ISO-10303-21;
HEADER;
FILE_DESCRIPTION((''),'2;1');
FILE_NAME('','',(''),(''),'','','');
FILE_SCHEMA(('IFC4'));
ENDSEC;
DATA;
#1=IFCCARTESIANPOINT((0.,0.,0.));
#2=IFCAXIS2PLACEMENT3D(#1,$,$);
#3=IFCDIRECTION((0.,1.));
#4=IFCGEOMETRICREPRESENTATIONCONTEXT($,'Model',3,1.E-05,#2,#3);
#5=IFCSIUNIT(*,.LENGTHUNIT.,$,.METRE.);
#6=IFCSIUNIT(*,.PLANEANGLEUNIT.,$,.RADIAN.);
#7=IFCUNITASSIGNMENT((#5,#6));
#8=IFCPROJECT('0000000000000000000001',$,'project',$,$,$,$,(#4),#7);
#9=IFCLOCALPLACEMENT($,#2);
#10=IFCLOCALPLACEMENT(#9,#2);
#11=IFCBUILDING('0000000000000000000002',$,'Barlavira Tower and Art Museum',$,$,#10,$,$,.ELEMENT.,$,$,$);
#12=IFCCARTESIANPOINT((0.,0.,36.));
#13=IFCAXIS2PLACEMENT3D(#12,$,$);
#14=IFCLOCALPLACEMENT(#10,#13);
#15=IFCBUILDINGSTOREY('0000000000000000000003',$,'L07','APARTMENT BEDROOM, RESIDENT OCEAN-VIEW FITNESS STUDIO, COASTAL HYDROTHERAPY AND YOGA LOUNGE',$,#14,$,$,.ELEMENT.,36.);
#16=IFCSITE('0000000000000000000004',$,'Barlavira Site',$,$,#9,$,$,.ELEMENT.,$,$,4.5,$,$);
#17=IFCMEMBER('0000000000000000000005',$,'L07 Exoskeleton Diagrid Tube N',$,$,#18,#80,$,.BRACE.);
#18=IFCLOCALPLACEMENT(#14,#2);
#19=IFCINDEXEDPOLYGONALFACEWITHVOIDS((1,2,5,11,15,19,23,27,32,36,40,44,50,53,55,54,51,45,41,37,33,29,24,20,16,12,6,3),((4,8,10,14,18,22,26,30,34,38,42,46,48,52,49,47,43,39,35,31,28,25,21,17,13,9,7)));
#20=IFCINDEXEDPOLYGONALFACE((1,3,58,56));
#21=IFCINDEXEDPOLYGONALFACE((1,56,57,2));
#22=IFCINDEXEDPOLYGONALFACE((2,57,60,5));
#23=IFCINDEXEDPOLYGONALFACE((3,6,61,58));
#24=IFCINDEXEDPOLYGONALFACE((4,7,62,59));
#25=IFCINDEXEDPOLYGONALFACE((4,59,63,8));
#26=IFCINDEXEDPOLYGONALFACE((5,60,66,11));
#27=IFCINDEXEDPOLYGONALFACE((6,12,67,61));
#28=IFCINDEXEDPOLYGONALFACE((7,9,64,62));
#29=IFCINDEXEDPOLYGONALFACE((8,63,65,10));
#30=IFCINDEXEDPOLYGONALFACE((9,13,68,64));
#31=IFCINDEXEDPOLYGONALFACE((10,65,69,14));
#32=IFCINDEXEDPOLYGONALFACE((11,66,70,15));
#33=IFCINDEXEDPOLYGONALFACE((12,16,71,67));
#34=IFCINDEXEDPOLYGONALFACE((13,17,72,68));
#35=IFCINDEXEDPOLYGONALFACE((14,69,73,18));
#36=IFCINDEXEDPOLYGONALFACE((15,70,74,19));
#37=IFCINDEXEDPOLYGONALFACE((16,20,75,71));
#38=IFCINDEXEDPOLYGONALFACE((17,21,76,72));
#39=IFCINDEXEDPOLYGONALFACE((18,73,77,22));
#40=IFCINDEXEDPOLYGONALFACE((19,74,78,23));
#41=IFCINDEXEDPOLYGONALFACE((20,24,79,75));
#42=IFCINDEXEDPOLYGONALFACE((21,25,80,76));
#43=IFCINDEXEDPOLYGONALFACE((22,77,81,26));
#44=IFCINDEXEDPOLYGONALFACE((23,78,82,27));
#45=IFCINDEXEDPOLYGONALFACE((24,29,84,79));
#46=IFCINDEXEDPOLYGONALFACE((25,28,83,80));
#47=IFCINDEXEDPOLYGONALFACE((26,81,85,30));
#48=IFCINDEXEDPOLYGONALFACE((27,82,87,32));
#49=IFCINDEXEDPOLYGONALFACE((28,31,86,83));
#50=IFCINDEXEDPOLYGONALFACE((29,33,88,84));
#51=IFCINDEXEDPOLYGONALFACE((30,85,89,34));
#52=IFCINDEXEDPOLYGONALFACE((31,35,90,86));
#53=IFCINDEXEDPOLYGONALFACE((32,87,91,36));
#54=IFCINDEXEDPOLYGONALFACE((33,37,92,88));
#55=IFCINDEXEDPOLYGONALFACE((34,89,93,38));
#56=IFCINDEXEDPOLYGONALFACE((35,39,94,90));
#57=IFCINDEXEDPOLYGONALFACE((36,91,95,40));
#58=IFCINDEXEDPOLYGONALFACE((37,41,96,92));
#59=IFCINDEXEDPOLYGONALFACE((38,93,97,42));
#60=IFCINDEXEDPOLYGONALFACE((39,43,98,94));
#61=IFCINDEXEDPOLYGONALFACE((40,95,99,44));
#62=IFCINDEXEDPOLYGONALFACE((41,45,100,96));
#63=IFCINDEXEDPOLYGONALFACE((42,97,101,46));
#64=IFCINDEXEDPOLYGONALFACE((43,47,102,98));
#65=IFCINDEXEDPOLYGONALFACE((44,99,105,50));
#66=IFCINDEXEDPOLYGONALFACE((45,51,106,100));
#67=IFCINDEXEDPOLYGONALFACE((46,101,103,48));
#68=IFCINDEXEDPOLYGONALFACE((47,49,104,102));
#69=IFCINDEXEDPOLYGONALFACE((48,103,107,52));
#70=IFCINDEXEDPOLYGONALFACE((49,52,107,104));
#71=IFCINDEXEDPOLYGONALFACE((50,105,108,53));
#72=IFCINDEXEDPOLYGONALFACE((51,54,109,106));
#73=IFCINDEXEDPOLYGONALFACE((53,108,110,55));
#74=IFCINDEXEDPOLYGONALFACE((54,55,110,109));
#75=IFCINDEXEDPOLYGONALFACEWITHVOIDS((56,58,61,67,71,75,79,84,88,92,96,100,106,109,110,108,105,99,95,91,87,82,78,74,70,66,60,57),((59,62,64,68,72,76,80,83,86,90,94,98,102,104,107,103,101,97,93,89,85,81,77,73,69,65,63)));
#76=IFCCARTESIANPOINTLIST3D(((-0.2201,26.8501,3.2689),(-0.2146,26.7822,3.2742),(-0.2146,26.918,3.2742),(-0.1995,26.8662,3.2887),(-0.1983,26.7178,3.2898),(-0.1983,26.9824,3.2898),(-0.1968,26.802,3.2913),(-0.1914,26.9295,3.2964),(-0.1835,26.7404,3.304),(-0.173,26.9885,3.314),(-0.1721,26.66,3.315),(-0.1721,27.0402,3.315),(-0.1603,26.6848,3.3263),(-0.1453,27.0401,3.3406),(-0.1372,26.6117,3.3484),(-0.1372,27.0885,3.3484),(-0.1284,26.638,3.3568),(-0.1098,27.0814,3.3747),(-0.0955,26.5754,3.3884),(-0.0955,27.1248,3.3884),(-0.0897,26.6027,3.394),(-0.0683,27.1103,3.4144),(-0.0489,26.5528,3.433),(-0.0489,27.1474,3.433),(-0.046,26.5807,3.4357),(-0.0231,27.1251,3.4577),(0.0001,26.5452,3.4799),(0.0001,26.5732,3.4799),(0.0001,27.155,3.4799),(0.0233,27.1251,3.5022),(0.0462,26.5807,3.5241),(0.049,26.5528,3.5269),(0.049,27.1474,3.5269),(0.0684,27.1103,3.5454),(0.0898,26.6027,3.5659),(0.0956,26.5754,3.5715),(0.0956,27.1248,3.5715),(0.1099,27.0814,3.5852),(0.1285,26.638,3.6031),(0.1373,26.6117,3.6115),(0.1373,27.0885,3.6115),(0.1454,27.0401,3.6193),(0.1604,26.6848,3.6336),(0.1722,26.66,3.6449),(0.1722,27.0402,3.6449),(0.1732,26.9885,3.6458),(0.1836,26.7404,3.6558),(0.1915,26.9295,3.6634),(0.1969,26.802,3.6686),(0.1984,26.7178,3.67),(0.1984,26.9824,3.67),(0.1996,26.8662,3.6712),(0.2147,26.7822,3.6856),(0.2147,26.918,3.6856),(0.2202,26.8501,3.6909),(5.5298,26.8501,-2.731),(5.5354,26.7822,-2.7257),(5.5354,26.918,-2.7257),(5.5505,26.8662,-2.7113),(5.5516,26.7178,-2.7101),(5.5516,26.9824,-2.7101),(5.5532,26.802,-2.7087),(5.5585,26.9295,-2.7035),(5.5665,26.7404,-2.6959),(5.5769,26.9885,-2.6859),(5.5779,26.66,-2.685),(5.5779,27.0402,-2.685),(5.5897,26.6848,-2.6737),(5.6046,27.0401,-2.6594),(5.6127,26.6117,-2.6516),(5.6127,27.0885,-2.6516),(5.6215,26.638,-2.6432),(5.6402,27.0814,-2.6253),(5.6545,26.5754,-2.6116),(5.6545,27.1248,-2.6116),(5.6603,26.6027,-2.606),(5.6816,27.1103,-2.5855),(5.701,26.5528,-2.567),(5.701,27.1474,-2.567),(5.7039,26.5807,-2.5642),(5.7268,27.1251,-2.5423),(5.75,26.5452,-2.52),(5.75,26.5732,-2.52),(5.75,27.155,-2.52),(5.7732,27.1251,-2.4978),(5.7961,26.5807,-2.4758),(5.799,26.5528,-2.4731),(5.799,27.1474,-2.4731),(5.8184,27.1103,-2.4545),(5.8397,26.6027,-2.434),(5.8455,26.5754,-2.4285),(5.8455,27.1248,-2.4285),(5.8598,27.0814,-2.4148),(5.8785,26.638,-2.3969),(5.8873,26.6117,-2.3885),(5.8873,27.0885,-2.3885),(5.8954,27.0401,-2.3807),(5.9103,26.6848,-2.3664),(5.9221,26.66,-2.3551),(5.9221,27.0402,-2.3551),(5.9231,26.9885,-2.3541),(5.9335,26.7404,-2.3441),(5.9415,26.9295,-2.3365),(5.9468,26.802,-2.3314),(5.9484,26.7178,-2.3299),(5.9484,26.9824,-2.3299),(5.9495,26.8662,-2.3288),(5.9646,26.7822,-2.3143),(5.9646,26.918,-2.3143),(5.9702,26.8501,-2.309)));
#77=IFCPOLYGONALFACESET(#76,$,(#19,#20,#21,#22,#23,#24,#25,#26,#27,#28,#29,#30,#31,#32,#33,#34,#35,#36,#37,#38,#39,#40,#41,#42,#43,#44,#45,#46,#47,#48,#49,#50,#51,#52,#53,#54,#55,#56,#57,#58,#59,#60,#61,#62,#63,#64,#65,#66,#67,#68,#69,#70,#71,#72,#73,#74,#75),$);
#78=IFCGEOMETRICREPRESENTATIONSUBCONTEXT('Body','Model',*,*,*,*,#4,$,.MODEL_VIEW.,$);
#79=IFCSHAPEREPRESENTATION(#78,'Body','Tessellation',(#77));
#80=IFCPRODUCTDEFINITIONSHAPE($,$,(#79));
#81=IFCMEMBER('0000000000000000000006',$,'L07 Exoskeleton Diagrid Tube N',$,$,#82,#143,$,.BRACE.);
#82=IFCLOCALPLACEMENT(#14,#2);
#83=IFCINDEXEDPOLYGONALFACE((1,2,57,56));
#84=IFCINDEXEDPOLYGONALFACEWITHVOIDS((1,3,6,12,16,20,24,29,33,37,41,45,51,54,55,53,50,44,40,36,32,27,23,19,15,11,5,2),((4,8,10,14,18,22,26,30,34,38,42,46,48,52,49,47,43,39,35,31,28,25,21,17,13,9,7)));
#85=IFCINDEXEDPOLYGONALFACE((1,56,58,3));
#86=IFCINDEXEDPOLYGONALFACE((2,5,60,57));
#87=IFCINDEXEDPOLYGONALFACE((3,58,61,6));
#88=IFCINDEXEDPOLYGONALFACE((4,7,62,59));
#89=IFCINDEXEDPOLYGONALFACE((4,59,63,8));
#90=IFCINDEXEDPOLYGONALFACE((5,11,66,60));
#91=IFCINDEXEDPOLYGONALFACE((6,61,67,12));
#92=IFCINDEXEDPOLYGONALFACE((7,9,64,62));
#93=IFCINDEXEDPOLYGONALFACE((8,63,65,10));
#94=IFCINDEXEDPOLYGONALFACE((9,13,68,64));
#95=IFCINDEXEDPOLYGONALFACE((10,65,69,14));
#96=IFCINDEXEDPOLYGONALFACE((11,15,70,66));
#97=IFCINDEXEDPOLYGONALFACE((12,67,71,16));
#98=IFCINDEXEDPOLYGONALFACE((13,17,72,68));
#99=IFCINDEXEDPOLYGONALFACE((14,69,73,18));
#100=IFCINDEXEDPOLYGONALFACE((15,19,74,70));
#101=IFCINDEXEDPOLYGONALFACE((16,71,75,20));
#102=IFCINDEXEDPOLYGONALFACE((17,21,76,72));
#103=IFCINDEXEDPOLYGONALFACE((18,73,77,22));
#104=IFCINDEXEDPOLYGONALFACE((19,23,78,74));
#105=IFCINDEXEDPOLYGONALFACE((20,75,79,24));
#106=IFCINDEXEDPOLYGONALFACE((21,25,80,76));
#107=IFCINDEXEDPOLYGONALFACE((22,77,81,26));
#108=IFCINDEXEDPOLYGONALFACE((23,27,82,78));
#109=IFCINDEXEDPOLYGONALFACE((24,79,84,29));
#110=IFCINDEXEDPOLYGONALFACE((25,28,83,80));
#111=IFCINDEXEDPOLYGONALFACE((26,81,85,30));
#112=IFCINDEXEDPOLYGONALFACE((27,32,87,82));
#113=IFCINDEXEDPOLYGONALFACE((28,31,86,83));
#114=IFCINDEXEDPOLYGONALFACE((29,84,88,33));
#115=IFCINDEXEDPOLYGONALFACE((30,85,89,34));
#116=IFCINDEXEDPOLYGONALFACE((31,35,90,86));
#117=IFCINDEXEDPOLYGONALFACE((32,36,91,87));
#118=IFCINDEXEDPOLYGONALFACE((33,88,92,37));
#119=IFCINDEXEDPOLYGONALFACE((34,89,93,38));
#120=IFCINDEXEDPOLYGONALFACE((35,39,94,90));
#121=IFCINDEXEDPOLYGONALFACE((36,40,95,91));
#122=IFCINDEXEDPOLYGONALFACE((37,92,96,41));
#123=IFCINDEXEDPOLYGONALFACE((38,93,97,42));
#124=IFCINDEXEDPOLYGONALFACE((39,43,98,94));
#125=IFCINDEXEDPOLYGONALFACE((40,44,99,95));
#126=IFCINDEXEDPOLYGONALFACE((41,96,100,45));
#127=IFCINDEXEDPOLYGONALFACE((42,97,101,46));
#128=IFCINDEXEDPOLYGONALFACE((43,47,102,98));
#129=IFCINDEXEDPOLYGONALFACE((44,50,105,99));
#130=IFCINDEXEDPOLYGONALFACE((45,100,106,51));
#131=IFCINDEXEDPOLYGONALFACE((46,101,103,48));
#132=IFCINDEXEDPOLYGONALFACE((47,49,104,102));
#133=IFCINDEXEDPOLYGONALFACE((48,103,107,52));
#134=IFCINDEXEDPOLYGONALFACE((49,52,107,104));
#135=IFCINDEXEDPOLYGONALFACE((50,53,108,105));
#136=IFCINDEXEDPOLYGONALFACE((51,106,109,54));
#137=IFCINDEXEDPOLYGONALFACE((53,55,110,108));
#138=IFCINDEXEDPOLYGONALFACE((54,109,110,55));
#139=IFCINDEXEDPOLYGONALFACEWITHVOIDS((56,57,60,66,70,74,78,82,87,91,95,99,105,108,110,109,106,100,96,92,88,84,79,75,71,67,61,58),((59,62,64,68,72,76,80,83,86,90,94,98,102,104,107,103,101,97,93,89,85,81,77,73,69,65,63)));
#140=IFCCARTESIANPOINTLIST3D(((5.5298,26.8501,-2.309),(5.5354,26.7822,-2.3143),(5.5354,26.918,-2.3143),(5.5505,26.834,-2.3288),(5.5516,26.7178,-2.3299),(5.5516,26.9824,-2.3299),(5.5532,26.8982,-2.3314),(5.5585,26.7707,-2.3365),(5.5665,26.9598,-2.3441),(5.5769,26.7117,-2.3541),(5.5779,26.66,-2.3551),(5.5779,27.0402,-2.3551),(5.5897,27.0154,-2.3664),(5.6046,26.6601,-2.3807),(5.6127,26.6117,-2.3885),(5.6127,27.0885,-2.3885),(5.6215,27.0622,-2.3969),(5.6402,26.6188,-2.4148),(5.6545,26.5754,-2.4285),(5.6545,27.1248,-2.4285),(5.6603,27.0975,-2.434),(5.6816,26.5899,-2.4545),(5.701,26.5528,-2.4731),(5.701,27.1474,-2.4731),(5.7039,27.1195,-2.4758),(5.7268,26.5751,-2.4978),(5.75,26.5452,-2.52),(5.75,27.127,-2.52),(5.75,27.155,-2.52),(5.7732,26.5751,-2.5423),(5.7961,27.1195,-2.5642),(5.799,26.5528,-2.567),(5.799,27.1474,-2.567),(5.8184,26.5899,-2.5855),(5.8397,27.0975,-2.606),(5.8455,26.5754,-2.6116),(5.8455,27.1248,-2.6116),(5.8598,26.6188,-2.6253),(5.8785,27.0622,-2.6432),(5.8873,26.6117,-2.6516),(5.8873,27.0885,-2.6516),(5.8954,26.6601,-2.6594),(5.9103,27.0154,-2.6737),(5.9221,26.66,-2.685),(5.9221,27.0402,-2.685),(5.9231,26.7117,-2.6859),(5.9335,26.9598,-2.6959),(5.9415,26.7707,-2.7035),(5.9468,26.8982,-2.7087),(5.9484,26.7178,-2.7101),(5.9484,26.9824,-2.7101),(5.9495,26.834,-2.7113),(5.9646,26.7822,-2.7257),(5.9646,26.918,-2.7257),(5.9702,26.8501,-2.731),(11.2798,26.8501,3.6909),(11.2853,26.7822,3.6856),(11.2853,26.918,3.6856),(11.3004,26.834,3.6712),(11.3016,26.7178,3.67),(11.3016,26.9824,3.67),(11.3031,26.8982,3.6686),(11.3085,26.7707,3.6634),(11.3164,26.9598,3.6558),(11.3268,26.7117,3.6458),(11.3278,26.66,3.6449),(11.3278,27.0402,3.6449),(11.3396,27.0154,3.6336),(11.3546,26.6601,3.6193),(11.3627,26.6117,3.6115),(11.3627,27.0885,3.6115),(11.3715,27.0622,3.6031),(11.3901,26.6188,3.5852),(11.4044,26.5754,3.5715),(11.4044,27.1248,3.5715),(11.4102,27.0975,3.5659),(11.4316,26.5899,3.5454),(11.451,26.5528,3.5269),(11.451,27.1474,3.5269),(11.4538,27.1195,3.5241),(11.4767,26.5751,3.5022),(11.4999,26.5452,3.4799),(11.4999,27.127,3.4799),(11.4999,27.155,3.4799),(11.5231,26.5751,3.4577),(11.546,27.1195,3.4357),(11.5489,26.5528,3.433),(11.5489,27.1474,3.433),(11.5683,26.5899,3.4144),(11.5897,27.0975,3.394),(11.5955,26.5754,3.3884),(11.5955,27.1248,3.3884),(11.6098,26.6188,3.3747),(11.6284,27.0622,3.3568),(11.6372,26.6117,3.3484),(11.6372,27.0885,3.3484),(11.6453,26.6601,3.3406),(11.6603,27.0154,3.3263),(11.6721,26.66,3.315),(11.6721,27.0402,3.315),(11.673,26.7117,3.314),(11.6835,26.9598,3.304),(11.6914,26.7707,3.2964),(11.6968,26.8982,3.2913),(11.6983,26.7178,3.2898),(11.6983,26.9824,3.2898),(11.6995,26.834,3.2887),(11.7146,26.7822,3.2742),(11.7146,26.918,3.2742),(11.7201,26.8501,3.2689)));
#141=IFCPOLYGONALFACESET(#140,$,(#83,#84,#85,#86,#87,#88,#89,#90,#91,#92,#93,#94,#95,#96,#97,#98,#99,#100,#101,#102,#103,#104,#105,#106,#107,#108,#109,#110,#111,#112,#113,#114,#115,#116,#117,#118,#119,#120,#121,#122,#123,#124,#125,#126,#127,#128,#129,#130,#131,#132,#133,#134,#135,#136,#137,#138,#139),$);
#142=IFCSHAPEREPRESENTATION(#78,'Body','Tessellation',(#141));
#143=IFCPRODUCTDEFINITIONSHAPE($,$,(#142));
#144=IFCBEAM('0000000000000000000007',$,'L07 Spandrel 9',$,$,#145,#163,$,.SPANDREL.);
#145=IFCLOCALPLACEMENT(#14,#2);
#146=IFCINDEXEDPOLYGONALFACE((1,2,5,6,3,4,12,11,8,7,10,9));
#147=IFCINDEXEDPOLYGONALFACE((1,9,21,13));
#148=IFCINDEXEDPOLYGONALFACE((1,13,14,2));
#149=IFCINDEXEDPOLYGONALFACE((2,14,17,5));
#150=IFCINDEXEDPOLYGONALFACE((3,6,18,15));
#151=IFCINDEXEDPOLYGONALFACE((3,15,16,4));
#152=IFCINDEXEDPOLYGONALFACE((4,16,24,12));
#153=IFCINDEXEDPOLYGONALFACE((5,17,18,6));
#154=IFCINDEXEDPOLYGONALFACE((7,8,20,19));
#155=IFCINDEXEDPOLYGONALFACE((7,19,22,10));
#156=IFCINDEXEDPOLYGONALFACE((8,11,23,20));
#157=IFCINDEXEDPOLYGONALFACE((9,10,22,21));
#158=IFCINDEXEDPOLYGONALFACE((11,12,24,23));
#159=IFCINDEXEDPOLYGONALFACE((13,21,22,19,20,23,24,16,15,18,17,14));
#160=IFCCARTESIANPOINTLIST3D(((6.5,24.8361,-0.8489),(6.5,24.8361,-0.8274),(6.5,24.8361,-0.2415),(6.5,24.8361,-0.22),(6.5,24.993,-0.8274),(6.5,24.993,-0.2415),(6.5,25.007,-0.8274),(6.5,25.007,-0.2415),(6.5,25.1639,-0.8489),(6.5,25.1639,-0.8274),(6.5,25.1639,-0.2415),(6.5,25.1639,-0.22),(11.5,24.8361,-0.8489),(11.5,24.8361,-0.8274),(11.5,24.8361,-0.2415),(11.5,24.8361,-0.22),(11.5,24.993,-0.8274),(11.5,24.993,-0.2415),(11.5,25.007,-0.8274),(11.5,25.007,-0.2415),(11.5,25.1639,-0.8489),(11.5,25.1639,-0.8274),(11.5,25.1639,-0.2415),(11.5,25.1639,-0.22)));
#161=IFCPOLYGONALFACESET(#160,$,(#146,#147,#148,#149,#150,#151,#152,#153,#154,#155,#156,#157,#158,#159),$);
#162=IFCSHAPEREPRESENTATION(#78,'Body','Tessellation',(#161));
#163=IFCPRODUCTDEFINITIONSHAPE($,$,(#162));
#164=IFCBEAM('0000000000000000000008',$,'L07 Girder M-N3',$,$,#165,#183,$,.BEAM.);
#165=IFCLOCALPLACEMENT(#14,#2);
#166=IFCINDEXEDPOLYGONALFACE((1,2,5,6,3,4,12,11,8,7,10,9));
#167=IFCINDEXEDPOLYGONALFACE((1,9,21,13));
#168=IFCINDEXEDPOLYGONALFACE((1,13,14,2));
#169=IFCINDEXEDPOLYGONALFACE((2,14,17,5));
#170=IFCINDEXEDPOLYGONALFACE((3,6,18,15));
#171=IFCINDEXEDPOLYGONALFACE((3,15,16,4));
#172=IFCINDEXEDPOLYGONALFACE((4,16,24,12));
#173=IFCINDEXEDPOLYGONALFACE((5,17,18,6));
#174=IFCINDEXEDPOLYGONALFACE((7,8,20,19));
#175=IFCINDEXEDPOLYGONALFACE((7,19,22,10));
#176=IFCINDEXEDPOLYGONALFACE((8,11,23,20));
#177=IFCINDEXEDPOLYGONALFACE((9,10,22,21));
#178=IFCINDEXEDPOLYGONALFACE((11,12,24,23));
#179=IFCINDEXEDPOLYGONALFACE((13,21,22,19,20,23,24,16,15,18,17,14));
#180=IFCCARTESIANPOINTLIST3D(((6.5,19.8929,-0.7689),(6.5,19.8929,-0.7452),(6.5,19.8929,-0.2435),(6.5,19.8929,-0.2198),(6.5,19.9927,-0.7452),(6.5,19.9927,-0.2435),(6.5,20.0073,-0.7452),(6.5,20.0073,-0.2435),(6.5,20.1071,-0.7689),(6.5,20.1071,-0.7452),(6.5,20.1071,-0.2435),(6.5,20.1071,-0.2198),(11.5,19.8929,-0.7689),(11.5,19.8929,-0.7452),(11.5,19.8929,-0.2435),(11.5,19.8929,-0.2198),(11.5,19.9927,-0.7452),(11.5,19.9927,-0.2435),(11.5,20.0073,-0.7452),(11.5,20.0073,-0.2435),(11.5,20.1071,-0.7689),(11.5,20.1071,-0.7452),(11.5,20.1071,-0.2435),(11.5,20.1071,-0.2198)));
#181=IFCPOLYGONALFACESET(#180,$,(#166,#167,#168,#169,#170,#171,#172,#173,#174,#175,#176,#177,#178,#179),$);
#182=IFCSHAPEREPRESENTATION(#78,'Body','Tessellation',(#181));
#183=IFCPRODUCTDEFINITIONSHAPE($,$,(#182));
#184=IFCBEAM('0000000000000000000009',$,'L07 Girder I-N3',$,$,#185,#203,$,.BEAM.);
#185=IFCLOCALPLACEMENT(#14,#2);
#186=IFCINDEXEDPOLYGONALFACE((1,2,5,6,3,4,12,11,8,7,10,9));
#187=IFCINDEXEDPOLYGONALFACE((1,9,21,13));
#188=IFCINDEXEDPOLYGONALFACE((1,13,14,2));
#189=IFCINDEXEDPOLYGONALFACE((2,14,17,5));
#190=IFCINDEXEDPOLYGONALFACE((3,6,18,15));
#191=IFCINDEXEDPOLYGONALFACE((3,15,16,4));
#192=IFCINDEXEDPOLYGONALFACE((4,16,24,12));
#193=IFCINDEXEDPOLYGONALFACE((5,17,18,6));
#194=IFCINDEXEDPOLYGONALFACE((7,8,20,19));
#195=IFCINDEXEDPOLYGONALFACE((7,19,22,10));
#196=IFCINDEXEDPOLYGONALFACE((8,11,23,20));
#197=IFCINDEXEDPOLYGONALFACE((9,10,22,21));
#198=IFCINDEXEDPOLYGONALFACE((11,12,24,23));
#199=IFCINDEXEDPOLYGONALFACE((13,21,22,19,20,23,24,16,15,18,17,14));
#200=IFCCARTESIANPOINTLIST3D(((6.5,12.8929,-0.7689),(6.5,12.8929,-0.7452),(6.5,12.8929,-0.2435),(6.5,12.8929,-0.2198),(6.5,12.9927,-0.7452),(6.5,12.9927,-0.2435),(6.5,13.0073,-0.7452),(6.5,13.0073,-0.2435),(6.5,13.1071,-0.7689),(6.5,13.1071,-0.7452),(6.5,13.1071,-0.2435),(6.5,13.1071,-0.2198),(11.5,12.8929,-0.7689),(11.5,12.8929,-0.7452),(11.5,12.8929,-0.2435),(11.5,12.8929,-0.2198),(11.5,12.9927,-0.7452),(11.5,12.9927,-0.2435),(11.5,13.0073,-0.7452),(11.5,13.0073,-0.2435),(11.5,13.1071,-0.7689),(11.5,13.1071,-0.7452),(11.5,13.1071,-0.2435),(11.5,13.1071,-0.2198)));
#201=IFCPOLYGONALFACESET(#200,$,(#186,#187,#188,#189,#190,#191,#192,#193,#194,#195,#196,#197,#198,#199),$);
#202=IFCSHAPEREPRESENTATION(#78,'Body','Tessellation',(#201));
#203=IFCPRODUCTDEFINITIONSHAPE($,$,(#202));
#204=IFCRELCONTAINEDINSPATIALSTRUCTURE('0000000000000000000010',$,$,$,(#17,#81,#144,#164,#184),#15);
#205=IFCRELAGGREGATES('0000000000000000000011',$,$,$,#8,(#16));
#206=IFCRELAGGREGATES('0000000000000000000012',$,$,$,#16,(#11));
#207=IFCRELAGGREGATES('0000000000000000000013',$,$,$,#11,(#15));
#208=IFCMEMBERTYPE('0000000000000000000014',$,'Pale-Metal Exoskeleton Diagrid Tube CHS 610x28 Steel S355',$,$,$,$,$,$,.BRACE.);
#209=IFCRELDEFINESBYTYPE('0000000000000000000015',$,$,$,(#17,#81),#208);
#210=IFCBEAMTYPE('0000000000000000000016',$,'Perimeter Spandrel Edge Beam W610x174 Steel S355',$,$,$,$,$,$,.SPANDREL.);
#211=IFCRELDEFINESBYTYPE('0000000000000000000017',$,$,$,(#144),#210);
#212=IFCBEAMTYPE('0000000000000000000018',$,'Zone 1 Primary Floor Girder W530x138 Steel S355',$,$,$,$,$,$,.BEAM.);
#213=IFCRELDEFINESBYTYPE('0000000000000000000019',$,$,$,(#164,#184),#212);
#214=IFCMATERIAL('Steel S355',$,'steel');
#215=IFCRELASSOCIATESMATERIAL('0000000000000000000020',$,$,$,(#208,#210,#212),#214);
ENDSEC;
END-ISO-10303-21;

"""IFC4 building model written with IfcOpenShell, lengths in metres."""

from ifc_helpers import new_model, si_unit, direction, frame, origin, origin_2d, place, context, subcontext, project, spatial, hollow_circle, i_section, extrude, material, material_profile, profile_set, type_object, element, save


model = new_model("IFC4")

# Units and contexts
model_context = context("Model", 3, precision=1e-05, world=origin(), true_north=direction((0.0, 1.0)))
body_context = subcontext(model_context, "Body", "Model", "MODEL_VIEW")
ifc_project = project(units=[si_unit("LENGTHUNIT", "METRE"), si_unit("PLANEANGLEUNIT", "RADIAN")], contexts=[model_context])

# Site, building, storey
site_placement = place(None, origin())
site = spatial("IfcSite", under=ifc_project, at=site_placement, Name="Barlavira Site", CompositionType="ELEMENT", RefElevation=4.5)
building_placement = place(site_placement, origin())
building = spatial("IfcBuilding", under=site, at=building_placement, Name="Barlavira Tower and Art Museum", CompositionType="ELEMENT")
storey_placement = place(building_placement, frame((0.0, 0.0, 36.0)))
storey = spatial("IfcBuildingStorey", under=building, at=storey_placement, Name="L07", Description="APARTMENT BEDROOM, RESIDENT OCEAN-VIEW FITNESS STUDIO, COASTAL HYDROTHERAPY AND YOGA LOUNGE", CompositionType="ELEMENT", Elevation=36.0)

# Members
ifc_material_1 = material(Name="Steel S355", Category="steel")
ifc_material_profile_1 = material_profile(ifc_material_1, hollow_circle(Radius=0.3049, WallThickness=0.0281, at=origin_2d()), Name="CHS 610.0x28.0")
ifc_profile_set_1 = profile_set([ifc_material_profile_1], Name="Steel S355")
member_type_1 = type_object("IfcMemberType", Name="Pale-Metal Exoskeleton Diagrid Tube CHS 610x28 Steel S355", PredefinedType="BRACE", material=ifc_profile_set_1)
for number, where, z_axis, x_axis, name in (
    (1, (5.75, 26.8501, -2.52), (-0.691905, 0.0, 0.721988), (0.0, -1.0, 0.0), "L07 Exoskeleton Diagrid Tube N"),
    (2, (5.75, 26.8501, -2.52), (0.691905, 0.0, 0.721988), (0.0, 1.0, 0.0), "L07 Exoskeleton Diagrid Tube N"),
):
    element("IfcMember", number, at=place(storey_placement, frame(where, z_axis=z_axis, x_axis=x_axis)), inside=storey, type_object=member_type_1, Name=name, PredefinedType="BRACE", context=body_context, shape_type="SweptSolid", body=[
        extrude(hollow_circle(Radius=0.3049, WallThickness=0.0281, at=origin_2d()), origin(), (0.0, 0.0, 1.0), 8.3103),
    ])

# Beams
ifc_material_profile_2 = material_profile(ifc_material_1, i_section(OverallWidth=0.3279, OverallDepth=0.6289, WebThickness=0.0139, FlangeThickness=0.0215, at=origin_2d()), Name="W610x174.0")
ifc_profile_set_2 = profile_set([ifc_material_profile_2], Name="Steel S355")
beam_type_1 = type_object("IfcBeamType", Name="Perimeter Spandrel Edge Beam W610x174 Steel S355", PredefinedType="SPANDREL", material=ifc_profile_set_2)
beam_placement = place(storey_placement, frame((6.5, 25.0, -0.5344), z_axis=(1.0, 0.0, 0.0), x_axis=(0.0, 1.0, 0.0)))
element("IfcBeam", 3, at=beam_placement, inside=storey, type_object=beam_type_1, Name="L07 Spandrel 9", PredefinedType="SPANDREL", context=body_context, shape_type="SweptSolid", body=[
    extrude(i_section(OverallWidth=0.3279, OverallDepth=0.6289, WebThickness=0.0139, FlangeThickness=0.0215, at=origin_2d()), origin(), (0.0, 0.0, 1.0), 5.0),
])
ifc_material_profile_3 = material_profile(ifc_material_1, i_section(OverallWidth=0.2141, OverallDepth=0.5491, WebThickness=0.0146, FlangeThickness=0.0237, at=origin_2d()), Name="W530x138.0")
ifc_profile_set_3 = profile_set([ifc_material_profile_3], Name="Steel S355")
beam_type_2 = type_object("IfcBeamType", Name="Zone 1 Primary Floor Girder W530x138 Steel S355", PredefinedType="BEAM", material=ifc_profile_set_3)
for number, where, z_axis, x_axis, name in (
    (4, (6.5, 20.0, -0.4944), (1.0, 0.0, 0.0), (0.0, 1.0, 0.0), "L07 Girder M-N3"),
    (5, (6.5, 13.0, -0.4944), (1.0, 0.0, 0.0), (0.0, 1.0, 0.0), "L07 Girder I-N3"),
):
    element("IfcBeam", number, at=place(storey_placement, frame(where, z_axis=z_axis, x_axis=x_axis)), inside=storey, type_object=beam_type_2, Name=name, PredefinedType="BEAM", context=body_context, shape_type="SweptSolid", body=[
        extrude(i_section(OverallWidth=0.2141, OverallDepth=0.5491, WebThickness=0.0146, FlangeThickness=0.0237, at=origin_2d()), origin(), (0.0, 0.0, 1.0), 5.0),
    ])

save(model, "model.ifc")
